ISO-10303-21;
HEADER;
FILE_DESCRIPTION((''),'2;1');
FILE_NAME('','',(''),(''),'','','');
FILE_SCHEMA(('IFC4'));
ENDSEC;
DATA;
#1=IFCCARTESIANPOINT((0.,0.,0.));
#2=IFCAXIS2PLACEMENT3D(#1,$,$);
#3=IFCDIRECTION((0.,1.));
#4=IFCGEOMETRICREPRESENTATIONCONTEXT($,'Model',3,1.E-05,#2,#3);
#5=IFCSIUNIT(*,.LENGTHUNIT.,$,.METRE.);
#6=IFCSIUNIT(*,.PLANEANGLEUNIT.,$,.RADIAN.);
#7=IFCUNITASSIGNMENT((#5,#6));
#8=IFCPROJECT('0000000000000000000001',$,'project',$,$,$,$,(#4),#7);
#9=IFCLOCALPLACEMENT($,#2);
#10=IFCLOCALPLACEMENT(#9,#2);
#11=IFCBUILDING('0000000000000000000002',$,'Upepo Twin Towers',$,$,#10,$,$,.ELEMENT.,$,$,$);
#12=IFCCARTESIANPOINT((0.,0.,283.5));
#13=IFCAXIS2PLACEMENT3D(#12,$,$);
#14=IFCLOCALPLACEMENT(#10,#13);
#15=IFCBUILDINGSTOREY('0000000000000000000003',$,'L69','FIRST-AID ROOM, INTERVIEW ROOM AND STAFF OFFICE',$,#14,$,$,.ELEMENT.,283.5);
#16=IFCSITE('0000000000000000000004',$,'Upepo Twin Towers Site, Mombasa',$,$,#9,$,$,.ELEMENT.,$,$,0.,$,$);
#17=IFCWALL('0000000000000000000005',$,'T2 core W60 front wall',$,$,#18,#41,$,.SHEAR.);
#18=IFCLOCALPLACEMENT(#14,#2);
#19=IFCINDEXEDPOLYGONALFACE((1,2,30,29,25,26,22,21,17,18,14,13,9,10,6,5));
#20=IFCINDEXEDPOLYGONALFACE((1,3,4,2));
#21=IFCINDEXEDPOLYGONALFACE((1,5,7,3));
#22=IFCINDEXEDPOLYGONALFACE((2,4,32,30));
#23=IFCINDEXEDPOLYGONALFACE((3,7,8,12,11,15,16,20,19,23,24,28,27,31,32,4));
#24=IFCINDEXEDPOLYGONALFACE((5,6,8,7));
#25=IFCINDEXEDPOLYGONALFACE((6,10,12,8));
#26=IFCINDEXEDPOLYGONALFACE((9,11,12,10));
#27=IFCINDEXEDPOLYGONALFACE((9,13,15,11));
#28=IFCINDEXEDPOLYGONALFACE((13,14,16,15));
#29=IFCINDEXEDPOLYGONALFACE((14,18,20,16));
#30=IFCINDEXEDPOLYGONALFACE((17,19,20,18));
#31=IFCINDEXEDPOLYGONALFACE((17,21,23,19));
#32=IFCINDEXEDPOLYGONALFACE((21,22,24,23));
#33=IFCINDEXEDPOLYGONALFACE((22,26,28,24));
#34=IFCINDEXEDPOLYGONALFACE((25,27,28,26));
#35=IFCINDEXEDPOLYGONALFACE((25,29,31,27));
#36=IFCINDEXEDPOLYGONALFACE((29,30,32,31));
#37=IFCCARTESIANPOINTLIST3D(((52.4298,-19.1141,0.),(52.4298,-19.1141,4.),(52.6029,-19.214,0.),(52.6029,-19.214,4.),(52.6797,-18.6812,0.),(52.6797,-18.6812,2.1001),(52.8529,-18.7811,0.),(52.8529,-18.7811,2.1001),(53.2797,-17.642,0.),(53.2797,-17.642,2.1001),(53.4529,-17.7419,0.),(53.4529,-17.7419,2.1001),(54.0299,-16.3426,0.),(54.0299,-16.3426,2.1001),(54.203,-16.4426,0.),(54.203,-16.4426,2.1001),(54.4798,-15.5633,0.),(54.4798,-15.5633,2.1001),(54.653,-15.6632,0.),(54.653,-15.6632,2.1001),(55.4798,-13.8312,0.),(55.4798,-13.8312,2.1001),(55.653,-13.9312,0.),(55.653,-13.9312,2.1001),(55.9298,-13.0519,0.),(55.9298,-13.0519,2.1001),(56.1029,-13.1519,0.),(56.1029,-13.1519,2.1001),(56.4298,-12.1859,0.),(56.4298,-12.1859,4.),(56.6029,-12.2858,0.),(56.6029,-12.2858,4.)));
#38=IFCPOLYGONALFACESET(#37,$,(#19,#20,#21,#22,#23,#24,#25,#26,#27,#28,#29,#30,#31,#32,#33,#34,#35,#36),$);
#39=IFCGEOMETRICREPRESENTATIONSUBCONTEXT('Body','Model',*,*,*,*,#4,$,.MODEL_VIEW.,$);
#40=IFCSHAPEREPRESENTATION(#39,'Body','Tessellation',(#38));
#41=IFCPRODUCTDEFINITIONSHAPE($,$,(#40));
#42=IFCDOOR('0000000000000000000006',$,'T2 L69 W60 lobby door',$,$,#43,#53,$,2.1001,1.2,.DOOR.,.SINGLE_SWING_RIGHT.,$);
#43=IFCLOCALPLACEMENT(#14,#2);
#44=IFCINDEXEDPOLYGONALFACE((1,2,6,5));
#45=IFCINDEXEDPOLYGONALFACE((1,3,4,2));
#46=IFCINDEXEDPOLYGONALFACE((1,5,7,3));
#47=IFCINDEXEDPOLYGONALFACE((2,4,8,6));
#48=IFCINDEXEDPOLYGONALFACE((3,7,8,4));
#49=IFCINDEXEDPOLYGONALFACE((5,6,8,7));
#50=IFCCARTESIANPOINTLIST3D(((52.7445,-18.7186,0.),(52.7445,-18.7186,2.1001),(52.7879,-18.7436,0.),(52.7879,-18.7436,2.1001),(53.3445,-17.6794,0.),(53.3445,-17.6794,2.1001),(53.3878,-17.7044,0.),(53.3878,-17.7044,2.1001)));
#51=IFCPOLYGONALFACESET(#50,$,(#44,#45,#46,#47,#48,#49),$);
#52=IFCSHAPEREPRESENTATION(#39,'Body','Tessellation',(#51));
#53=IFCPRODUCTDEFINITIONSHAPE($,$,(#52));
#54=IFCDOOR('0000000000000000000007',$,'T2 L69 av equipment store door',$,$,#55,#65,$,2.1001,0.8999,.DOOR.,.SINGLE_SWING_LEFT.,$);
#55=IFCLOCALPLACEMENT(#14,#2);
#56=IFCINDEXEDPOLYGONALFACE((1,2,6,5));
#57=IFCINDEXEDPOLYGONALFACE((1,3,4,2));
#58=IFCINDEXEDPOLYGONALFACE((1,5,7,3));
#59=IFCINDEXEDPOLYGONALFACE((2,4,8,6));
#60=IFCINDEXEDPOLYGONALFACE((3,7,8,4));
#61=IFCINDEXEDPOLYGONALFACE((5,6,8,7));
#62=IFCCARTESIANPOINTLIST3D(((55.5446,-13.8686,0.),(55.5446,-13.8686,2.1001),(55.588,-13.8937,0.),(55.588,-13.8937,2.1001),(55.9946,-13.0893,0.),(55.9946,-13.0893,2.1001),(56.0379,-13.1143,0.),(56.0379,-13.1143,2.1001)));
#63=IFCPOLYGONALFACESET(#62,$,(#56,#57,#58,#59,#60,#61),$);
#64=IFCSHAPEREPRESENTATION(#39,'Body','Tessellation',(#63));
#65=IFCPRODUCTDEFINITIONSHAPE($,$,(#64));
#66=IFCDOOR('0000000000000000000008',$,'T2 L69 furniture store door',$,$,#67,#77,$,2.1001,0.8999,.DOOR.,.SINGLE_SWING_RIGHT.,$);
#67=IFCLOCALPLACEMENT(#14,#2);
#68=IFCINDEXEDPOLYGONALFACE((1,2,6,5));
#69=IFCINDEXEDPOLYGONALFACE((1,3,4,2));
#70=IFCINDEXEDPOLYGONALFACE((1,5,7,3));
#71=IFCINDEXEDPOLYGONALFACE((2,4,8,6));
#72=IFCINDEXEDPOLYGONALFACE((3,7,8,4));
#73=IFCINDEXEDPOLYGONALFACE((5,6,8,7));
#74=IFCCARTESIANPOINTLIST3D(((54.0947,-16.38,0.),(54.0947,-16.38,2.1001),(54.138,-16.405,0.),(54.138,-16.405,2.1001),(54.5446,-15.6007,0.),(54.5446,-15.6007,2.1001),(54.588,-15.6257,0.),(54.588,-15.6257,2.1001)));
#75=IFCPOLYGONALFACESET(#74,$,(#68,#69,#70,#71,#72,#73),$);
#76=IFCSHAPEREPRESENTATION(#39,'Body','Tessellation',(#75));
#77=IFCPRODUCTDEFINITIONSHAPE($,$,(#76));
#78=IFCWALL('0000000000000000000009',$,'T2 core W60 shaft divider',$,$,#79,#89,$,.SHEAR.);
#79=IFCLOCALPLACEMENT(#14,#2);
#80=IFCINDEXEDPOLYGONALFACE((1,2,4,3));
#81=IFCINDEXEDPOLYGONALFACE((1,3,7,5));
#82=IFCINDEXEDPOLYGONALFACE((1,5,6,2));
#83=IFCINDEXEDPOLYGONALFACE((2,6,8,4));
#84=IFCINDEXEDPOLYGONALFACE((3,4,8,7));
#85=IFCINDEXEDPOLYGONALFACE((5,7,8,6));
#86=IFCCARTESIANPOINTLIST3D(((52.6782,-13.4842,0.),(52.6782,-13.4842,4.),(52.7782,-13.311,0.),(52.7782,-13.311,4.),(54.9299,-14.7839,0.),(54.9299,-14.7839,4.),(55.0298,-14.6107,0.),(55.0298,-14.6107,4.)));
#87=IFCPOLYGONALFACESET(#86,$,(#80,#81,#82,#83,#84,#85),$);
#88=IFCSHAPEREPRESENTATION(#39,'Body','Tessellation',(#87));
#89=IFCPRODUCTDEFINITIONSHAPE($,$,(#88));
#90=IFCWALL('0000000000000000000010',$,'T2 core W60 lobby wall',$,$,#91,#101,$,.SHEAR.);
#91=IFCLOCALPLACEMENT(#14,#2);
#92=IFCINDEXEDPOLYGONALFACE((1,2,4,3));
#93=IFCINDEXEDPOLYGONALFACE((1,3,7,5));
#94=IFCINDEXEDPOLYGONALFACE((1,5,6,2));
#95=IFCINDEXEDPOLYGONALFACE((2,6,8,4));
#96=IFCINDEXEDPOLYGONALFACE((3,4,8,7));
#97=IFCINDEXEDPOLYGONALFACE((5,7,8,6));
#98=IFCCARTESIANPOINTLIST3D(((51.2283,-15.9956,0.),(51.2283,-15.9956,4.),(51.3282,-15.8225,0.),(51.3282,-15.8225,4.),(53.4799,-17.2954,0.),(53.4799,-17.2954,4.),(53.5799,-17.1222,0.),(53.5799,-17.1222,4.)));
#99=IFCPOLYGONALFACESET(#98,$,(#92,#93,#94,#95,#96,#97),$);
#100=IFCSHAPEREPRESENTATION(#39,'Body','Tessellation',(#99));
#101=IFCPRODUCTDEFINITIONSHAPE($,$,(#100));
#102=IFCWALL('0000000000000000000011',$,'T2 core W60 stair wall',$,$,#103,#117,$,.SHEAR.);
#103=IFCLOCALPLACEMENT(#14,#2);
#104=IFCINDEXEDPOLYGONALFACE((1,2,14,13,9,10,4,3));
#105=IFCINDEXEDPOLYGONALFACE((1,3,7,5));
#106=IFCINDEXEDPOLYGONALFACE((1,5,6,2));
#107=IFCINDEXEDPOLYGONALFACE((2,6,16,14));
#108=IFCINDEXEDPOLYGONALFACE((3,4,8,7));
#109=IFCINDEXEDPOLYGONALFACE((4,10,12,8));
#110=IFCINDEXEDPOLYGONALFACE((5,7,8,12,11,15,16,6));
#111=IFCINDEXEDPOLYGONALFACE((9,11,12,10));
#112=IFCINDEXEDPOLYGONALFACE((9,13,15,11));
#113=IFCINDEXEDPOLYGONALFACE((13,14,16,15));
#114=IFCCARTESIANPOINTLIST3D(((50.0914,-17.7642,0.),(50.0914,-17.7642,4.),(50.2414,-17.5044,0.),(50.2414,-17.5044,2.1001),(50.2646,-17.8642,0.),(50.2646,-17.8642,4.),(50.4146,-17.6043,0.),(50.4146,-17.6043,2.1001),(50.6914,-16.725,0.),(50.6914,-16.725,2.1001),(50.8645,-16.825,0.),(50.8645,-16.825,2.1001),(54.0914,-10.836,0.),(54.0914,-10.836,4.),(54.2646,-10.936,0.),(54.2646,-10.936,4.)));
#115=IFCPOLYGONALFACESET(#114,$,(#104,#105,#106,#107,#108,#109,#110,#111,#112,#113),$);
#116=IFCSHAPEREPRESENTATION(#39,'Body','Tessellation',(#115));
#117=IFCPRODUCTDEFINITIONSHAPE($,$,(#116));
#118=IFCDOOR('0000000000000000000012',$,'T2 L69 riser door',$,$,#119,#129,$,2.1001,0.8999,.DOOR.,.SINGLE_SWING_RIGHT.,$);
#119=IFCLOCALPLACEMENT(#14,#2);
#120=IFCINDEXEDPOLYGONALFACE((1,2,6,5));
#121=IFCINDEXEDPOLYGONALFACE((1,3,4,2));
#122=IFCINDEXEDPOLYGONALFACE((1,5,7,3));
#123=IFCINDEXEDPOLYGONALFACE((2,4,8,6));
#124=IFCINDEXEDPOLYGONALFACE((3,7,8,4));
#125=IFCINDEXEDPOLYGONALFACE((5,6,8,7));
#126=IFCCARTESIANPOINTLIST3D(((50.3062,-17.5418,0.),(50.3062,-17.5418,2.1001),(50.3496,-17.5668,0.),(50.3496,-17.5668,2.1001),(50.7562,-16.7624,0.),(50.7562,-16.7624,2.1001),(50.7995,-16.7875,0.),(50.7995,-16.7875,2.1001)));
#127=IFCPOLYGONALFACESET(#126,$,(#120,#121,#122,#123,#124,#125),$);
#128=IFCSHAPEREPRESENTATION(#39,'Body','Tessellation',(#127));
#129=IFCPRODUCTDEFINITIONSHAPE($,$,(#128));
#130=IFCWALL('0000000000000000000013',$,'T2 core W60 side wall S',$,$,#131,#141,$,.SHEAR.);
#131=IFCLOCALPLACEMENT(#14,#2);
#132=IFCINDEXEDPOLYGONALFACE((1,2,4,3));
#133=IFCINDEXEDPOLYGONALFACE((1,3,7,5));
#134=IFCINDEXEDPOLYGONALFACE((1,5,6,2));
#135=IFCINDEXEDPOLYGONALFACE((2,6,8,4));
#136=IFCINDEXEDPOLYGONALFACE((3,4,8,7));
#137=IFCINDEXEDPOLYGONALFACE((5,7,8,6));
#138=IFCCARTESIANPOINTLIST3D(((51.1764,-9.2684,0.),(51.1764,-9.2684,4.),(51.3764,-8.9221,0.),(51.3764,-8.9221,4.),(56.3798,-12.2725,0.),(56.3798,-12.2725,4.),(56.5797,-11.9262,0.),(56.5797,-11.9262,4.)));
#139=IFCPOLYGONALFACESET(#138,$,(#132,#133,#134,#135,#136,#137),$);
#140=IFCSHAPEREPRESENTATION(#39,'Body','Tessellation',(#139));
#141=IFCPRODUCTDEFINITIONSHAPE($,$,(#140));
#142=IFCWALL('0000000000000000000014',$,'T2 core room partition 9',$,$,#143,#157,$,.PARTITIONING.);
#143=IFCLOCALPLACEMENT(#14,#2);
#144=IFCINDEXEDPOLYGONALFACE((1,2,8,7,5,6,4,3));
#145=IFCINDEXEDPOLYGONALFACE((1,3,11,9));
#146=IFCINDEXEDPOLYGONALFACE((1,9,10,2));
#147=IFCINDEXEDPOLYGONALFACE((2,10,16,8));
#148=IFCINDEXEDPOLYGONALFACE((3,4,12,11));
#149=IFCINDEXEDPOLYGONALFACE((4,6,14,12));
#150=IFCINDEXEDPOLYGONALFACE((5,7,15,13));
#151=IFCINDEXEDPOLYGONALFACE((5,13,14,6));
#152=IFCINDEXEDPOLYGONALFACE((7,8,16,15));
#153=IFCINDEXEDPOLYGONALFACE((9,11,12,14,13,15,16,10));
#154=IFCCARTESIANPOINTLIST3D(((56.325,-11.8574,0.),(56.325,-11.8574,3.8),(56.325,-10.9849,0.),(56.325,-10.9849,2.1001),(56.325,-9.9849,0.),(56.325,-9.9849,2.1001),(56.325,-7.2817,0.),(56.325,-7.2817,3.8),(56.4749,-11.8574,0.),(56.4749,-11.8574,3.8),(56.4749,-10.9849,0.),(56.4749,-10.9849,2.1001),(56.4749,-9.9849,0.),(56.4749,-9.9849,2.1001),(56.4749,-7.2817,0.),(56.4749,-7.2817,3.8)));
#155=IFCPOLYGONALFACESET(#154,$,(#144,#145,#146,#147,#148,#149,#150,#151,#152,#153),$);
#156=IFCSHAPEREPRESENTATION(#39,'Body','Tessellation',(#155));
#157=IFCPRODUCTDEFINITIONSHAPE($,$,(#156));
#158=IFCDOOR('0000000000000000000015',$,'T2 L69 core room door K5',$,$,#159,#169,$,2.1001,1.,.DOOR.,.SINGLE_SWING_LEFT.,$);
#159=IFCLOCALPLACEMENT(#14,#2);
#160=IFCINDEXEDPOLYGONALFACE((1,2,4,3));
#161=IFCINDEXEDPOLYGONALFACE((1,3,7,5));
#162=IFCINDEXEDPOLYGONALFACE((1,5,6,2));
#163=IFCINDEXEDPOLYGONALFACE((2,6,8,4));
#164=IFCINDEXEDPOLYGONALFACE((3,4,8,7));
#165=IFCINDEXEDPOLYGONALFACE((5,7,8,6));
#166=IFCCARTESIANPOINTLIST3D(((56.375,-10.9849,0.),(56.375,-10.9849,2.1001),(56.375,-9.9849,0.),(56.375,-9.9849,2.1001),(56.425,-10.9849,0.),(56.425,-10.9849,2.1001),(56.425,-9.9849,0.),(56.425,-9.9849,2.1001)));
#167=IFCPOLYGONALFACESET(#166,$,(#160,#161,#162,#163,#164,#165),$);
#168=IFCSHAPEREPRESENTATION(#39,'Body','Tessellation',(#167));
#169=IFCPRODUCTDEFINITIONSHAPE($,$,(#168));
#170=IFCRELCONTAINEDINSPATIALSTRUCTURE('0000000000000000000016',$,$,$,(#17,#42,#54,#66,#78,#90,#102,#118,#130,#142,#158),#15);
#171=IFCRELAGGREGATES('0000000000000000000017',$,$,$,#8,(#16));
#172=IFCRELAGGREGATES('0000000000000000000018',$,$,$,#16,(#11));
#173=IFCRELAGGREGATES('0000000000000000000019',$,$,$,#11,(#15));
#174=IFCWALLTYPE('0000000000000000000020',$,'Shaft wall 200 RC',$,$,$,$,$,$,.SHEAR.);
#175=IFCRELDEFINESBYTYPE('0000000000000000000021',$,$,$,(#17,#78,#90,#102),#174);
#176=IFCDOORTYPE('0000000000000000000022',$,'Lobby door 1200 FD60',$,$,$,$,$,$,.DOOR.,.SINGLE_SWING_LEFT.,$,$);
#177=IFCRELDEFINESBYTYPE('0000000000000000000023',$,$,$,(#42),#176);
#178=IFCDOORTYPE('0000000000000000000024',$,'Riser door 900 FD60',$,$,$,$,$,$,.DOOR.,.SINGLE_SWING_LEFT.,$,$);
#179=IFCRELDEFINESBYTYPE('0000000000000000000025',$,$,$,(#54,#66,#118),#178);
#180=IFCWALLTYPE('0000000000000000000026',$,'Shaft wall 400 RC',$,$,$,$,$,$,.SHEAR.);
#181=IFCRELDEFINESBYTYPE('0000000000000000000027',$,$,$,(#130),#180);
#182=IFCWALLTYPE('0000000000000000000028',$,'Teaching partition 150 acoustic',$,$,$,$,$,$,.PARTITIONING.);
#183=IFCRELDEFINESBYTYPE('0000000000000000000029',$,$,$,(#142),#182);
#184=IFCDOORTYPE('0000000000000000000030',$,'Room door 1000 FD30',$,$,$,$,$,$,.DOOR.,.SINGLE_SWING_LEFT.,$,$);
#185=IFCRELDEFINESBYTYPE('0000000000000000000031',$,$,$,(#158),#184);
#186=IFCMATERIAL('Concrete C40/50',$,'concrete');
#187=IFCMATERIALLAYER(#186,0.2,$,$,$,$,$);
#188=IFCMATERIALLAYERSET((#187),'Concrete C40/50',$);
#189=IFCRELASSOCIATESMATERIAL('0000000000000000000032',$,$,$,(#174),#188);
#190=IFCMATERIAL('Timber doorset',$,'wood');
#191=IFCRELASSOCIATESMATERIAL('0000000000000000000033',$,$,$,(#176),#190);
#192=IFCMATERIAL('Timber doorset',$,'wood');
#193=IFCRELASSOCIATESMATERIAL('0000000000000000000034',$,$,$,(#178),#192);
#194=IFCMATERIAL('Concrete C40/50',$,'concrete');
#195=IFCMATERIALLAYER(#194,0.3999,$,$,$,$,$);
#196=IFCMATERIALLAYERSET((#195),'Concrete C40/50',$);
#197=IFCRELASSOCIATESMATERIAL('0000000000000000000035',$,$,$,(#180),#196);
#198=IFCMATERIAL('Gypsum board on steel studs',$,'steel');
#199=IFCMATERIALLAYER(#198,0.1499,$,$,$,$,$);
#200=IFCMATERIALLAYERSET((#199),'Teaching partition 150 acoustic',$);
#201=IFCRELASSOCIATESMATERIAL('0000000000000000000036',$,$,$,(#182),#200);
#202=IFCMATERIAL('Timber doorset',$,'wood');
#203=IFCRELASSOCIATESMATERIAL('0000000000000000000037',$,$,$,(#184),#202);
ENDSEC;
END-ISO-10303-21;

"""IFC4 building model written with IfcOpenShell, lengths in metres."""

from ifc_helpers import new_model, si_unit, direction, frame, frame_2d, origin, place, context, subcontext, project, spatial, rectangle, extrude, material, layer, layer_set, type_object, element, fill, save


model = new_model("IFC4")

# Units and contexts
model_context = context("Model", 3, precision=1e-05, world=origin(), true_north=direction((0.0, 1.0)))
body_context = subcontext(model_context, "Body", "Model", "MODEL_VIEW")
ifc_project = project(units=[si_unit("LENGTHUNIT", "METRE"), si_unit("PLANEANGLEUNIT", "RADIAN")], contexts=[model_context])

# Site, building, storey
site_placement = place(None, origin())
site = spatial("IfcSite", under=ifc_project, at=site_placement, Name="Upepo Twin Towers Site, Mombasa", CompositionType="ELEMENT", RefElevation=0.0)
building_placement = place(site_placement, origin())
building = spatial("IfcBuilding", under=site, at=building_placement, Name="Upepo Twin Towers", CompositionType="ELEMENT")
storey_placement = place(building_placement, frame((0.0, 0.0, 283.5)))
storey = spatial("IfcBuildingStorey", under=building, at=storey_placement, Name="L69", Description="FIRST-AID ROOM, INTERVIEW ROOM AND STAFF OFFICE", CompositionType="ELEMENT", Elevation=283.5)

# Wall, openings, doors
ifc_material_1 = material(Name="Concrete C40/50", Category="concrete")
ifc_layer_1 = layer(ifc_material_1, 0.2)
ifc_layer_set_1 = layer_set([ifc_layer_1], Name="Concrete C40/50")
wall_type_1 = type_object("IfcWallType", Name="Shaft wall 200 RC", PredefinedType="SHEAR", material=ifc_layer_set_1)
wall_1_placement = place(storey_placement, frame((56.5164, -12.2358, 0.0), z_axis=(0.0, 0.0, 1.0), x_axis=(-0.499999, -0.866026, 0.0)))
wall_1 = element("IfcWall", 1, at=wall_1_placement, inside=storey, type_object=wall_type_1, Name="T2 core W60 front wall", PredefinedType="SHEAR", context=body_context, shape_type="SweptSolid", body=[
    extrude(rectangle(XDim=8.0, YDim=0.2, at=frame_2d((4.0, 0.0))), origin(), (0.0, 0.0, 1.0), 4.0),
])
opening_1_placement = place(wall_1_placement, frame((6.3, 0.0, 0.0)))
opening_1 = element("IfcOpeningElement", 2, at=opening_1_placement, cuts=wall_1, PredefinedType="OPENING", context=body_context, shape_type="SweptSolid", body=[
    extrude(rectangle(XDim=1.2, YDim=2.1001, at=frame_2d((0.6001, 1.05))), frame((0.0, 0.1099, 0.0), z_axis=(0.0, -1.0, 0.0), x_axis=(1.0, 0.0, 0.0)), (0.0, 0.0, 1.0), 0.22),
])
opening_2_placement = place(wall_1_placement, frame((1.0, 0.0, 0.0)))
opening_2 = element("IfcOpeningElement", 3, at=opening_2_placement, cuts=wall_1, PredefinedType="OPENING", context=body_context, shape_type="SweptSolid", body=[
    extrude(rectangle(XDim=0.8999, YDim=2.1001, at=frame_2d((0.45, 1.05))), frame((0.0, 0.1099, 0.0), z_axis=(0.0, -1.0, 0.0), x_axis=(1.0, 0.0, 0.0)), (0.0, 0.0, 1.0), 0.22),
])
opening_3_placement = place(wall_1_placement, frame((3.8999, 0.0, 0.0)))
opening_3 = element("IfcOpeningElement", 4, at=opening_3_placement, cuts=wall_1, PredefinedType="OPENING", context=body_context, shape_type="SweptSolid", body=[
    extrude(rectangle(XDim=0.8999, YDim=2.1001, at=frame_2d((0.45, 1.05))), frame((0.0, 0.1099, 0.0), z_axis=(0.0, -1.0, 0.0), x_axis=(1.0, 0.0, 0.0)), (0.0, 0.0, 1.0), 0.22),
])
ifc_material_2 = material(Name="Timber doorset", Category="wood")
door_type_1 = type_object("IfcDoorType", Name="Lobby door 1200 FD60", OperationType="SINGLE_SWING_LEFT", PredefinedType="DOOR", material=ifc_material_2)
door_1_placement = place(opening_1_placement, origin())
door_1 = element("IfcDoor", 5, at=door_1_placement, inside=storey, type_object=door_type_1, Name="T2 L69 W60 lobby door", OperationType="SINGLE_SWING_RIGHT", OverallHeight=2.1001, OverallWidth=1.2, PredefinedType="DOOR", context=body_context, shape_type="SweptSolid", body=[
    extrude(rectangle(XDim=1.2, YDim=2.1001, at=frame_2d((0.6001, 1.05))), frame((0.0, 0.0249, 0.0), z_axis=(0.0, -1.0, 0.0), x_axis=(1.0, 0.0, 0.0)), (0.0, 0.0, 1.0), 0.05),
])
fill(opening_1, door_1)
ifc_material_3 = material(Name="Timber doorset", Category="wood")
door_type_2 = type_object("IfcDoorType", Name="Riser door 900 FD60", OperationType="SINGLE_SWING_LEFT", PredefinedType="DOOR", material=ifc_material_3)
door_2_placement = place(opening_2_placement, origin())
door_2 = element("IfcDoor", 6, at=door_2_placement, inside=storey, type_object=door_type_2, Name="T2 L69 av equipment store door", OperationType="SINGLE_SWING_LEFT", OverallHeight=2.1001, OverallWidth=0.8999, PredefinedType="DOOR", context=body_context, shape_type="SweptSolid", body=[
    extrude(rectangle(XDim=0.8999, YDim=2.1001, at=frame_2d((0.45, 1.05))), frame((0.0, 0.0249, 0.0), z_axis=(0.0, -1.0, 0.0), x_axis=(1.0, 0.0, 0.0)), (0.0, 0.0, 1.0), 0.05),
])
fill(opening_2, door_2)
door_3_placement = place(opening_3_placement, origin())
door_3 = element("IfcDoor", 7, at=door_3_placement, inside=storey, type_object=door_type_2, Name="T2 L69 furniture store door", OperationType="SINGLE_SWING_RIGHT", OverallHeight=2.1001, OverallWidth=0.8999, PredefinedType="DOOR", context=body_context, shape_type="SweptSolid", body=[
    extrude(rectangle(XDim=0.8999, YDim=2.1001, at=frame_2d((0.45, 1.05))), frame((0.0, 0.0249, 0.0), z_axis=(0.0, -1.0, 0.0), x_axis=(1.0, 0.0, 0.0)), (0.0, 0.0, 1.0), 0.05),
])
fill(opening_3, door_3)

# Walls
for number, where, z_axis, x_axis, name in (
    (8, (54.9797, -14.6973, 0.0), (0.0, 0.0, 1.0), (-0.866062, 0.499937, 0.0), "T2 core W60 shaft divider"),
    (9, (53.5298, -17.2087, 0.0), (0.0, 0.0, 1.0), (-0.866062, 0.499937, 0.0), "T2 core W60 lobby wall"),
):
    element("IfcWall", number, at=place(storey_placement, frame(where, z_axis=z_axis, x_axis=x_axis)), inside=storey, type_object=wall_type_1, Name=name, PredefinedType="SHEAR", context=body_context, shape_type="SweptSolid", body=[
        extrude(rectangle(XDim=2.5999, YDim=0.2, at=frame_2d((1.2998, 0.0))), origin(), (0.0, 0.0, 1.0), 4.0),
    ])

# Wall, opening, door
wall_2_placement = place(storey_placement, frame((54.178, -10.886, 0.0), z_axis=(0.0, 0.0, 1.0), x_axis=(-0.499999, -0.866026, 0.0)))
wall_2 = element("IfcWall", 10, at=wall_2_placement, inside=storey, type_object=wall_type_1, Name="T2 core W60 stair wall", PredefinedType="SHEAR", context=body_context, shape_type="SweptSolid", body=[
    extrude(rectangle(XDim=8.0, YDim=0.2, at=frame_2d((4.0, 0.0))), origin(), (0.0, 0.0, 1.0), 4.0),
])
opening_4_placement = place(wall_2_placement, frame((6.8, 0.0, 0.0)))
opening_4 = element("IfcOpeningElement", 11, at=opening_4_placement, cuts=wall_2, PredefinedType="OPENING", context=body_context, shape_type="SweptSolid", body=[
    extrude(rectangle(XDim=0.8999, YDim=2.1001, at=frame_2d((0.45, 1.05))), frame((0.0, 0.1099, 0.0), z_axis=(0.0, -1.0, 0.0), x_axis=(1.0, 0.0, 0.0)), (0.0, 0.0, 1.0), 0.22),
])
door_4_placement = place(opening_4_placement, origin())
door_4 = element("IfcDoor", 12, at=door_4_placement, inside=storey, type_object=door_type_2, Name="T2 L69 riser door", OperationType="SINGLE_SWING_RIGHT", OverallHeight=2.1001, OverallWidth=0.8999, PredefinedType="DOOR", context=body_context, shape_type="SweptSolid", body=[
    extrude(rectangle(XDim=0.8999, YDim=2.1001, at=frame_2d((0.45, 1.05))), frame((0.0, 0.0249, 0.0), z_axis=(0.0, -1.0, 0.0), x_axis=(1.0, 0.0, 0.0)), (0.0, 0.0, 1.0), 0.05),
])
fill(opening_4, door_4)

# Wall
ifc_material_4 = material(Name="Concrete C40/50", Category="concrete")
ifc_layer_2 = layer(ifc_material_4, 0.3999)
ifc_layer_set_2 = layer_set([ifc_layer_2], Name="Concrete C40/50")
wall_type_2 = type_object("IfcWallType", Name="Shaft wall 400 RC", PredefinedType="SHEAR", material=ifc_layer_set_2)
wall_3_placement = place(storey_placement, frame((56.4797, -12.0994, 0.0), z_axis=(0.0, 0.0, 1.0), x_axis=(-0.866027, 0.499998, 0.0)))
element("IfcWall", 13, at=wall_3_placement, inside=storey, type_object=wall_type_2, Name="T2 core W60 side wall S", PredefinedType="SHEAR", context=body_context, shape_type="SweptSolid", body=[
    extrude(rectangle(XDim=6.0083, YDim=0.3999, at=frame_2d((3.0042, 0.0))), origin(), (0.0, 0.0, 1.0), 4.0),
])

# Wall, opening, door
ifc_material_5 = material(Name="Gypsum board on steel studs", Category="steel")
ifc_layer_3 = layer(ifc_material_5, 0.1499)
ifc_layer_set_3 = layer_set([ifc_layer_3], Name="Teaching partition 150 acoustic")
wall_type_3 = type_object("IfcWallType", Name="Teaching partition 150 acoustic", PredefinedType="PARTITIONING", material=ifc_layer_set_3)
wall_4_placement = place(storey_placement, frame((56.3999, -11.8574, 0.0), z_axis=(0.0, 0.0, 1.0), x_axis=(0.0, 1.0, 0.0)))
wall_4 = element("IfcWall", 14, at=wall_4_placement, inside=storey, type_object=wall_type_3, Name="T2 core room partition 9", PredefinedType="PARTITIONING", context=body_context, shape_type="SweptSolid", body=[
    extrude(rectangle(XDim=4.5757, YDim=0.1499, at=frame_2d((2.2878, 0.0))), origin(), (0.0, 0.0, 1.0), 3.8),
])
opening_5_placement = place(wall_4_placement, frame((0.8726, 0.0, 0.0)))
opening_5 = element("IfcOpeningElement", 15, at=opening_5_placement, cuts=wall_4, PredefinedType="OPENING", context=body_context, shape_type="SweptSolid", body=[
    extrude(rectangle(XDim=1.0, YDim=2.1001, at=frame_2d((0.5, 1.05))), frame((0.0, 0.085, 0.0), z_axis=(0.0, -1.0, 0.0), x_axis=(1.0, 0.0, 0.0)), (0.0, 0.0, 1.0), 0.1699),
])
ifc_material_6 = material(Name="Timber doorset", Category="wood")
door_type_3 = type_object("IfcDoorType", Name="Room door 1000 FD30", OperationType="SINGLE_SWING_LEFT", PredefinedType="DOOR", material=ifc_material_6)
door_5_placement = place(opening_5_placement, origin())
door_5 = element("IfcDoor", 16, at=door_5_placement, inside=storey, type_object=door_type_3, Name="T2 L69 core room door K5", OperationType="SINGLE_SWING_LEFT", OverallHeight=2.1001, OverallWidth=1.0, PredefinedType="DOOR", context=body_context, shape_type="SweptSolid", body=[
    extrude(rectangle(XDim=1.0, YDim=2.1001, at=frame_2d((0.5, 1.05))), frame((0.0, 0.0249, 0.0), z_axis=(0.0, -1.0, 0.0), x_axis=(1.0, 0.0, 0.0)), (0.0, 0.0, 1.0), 0.05),
])
fill(opening_5, door_5)

save(model, "model.ifc")
